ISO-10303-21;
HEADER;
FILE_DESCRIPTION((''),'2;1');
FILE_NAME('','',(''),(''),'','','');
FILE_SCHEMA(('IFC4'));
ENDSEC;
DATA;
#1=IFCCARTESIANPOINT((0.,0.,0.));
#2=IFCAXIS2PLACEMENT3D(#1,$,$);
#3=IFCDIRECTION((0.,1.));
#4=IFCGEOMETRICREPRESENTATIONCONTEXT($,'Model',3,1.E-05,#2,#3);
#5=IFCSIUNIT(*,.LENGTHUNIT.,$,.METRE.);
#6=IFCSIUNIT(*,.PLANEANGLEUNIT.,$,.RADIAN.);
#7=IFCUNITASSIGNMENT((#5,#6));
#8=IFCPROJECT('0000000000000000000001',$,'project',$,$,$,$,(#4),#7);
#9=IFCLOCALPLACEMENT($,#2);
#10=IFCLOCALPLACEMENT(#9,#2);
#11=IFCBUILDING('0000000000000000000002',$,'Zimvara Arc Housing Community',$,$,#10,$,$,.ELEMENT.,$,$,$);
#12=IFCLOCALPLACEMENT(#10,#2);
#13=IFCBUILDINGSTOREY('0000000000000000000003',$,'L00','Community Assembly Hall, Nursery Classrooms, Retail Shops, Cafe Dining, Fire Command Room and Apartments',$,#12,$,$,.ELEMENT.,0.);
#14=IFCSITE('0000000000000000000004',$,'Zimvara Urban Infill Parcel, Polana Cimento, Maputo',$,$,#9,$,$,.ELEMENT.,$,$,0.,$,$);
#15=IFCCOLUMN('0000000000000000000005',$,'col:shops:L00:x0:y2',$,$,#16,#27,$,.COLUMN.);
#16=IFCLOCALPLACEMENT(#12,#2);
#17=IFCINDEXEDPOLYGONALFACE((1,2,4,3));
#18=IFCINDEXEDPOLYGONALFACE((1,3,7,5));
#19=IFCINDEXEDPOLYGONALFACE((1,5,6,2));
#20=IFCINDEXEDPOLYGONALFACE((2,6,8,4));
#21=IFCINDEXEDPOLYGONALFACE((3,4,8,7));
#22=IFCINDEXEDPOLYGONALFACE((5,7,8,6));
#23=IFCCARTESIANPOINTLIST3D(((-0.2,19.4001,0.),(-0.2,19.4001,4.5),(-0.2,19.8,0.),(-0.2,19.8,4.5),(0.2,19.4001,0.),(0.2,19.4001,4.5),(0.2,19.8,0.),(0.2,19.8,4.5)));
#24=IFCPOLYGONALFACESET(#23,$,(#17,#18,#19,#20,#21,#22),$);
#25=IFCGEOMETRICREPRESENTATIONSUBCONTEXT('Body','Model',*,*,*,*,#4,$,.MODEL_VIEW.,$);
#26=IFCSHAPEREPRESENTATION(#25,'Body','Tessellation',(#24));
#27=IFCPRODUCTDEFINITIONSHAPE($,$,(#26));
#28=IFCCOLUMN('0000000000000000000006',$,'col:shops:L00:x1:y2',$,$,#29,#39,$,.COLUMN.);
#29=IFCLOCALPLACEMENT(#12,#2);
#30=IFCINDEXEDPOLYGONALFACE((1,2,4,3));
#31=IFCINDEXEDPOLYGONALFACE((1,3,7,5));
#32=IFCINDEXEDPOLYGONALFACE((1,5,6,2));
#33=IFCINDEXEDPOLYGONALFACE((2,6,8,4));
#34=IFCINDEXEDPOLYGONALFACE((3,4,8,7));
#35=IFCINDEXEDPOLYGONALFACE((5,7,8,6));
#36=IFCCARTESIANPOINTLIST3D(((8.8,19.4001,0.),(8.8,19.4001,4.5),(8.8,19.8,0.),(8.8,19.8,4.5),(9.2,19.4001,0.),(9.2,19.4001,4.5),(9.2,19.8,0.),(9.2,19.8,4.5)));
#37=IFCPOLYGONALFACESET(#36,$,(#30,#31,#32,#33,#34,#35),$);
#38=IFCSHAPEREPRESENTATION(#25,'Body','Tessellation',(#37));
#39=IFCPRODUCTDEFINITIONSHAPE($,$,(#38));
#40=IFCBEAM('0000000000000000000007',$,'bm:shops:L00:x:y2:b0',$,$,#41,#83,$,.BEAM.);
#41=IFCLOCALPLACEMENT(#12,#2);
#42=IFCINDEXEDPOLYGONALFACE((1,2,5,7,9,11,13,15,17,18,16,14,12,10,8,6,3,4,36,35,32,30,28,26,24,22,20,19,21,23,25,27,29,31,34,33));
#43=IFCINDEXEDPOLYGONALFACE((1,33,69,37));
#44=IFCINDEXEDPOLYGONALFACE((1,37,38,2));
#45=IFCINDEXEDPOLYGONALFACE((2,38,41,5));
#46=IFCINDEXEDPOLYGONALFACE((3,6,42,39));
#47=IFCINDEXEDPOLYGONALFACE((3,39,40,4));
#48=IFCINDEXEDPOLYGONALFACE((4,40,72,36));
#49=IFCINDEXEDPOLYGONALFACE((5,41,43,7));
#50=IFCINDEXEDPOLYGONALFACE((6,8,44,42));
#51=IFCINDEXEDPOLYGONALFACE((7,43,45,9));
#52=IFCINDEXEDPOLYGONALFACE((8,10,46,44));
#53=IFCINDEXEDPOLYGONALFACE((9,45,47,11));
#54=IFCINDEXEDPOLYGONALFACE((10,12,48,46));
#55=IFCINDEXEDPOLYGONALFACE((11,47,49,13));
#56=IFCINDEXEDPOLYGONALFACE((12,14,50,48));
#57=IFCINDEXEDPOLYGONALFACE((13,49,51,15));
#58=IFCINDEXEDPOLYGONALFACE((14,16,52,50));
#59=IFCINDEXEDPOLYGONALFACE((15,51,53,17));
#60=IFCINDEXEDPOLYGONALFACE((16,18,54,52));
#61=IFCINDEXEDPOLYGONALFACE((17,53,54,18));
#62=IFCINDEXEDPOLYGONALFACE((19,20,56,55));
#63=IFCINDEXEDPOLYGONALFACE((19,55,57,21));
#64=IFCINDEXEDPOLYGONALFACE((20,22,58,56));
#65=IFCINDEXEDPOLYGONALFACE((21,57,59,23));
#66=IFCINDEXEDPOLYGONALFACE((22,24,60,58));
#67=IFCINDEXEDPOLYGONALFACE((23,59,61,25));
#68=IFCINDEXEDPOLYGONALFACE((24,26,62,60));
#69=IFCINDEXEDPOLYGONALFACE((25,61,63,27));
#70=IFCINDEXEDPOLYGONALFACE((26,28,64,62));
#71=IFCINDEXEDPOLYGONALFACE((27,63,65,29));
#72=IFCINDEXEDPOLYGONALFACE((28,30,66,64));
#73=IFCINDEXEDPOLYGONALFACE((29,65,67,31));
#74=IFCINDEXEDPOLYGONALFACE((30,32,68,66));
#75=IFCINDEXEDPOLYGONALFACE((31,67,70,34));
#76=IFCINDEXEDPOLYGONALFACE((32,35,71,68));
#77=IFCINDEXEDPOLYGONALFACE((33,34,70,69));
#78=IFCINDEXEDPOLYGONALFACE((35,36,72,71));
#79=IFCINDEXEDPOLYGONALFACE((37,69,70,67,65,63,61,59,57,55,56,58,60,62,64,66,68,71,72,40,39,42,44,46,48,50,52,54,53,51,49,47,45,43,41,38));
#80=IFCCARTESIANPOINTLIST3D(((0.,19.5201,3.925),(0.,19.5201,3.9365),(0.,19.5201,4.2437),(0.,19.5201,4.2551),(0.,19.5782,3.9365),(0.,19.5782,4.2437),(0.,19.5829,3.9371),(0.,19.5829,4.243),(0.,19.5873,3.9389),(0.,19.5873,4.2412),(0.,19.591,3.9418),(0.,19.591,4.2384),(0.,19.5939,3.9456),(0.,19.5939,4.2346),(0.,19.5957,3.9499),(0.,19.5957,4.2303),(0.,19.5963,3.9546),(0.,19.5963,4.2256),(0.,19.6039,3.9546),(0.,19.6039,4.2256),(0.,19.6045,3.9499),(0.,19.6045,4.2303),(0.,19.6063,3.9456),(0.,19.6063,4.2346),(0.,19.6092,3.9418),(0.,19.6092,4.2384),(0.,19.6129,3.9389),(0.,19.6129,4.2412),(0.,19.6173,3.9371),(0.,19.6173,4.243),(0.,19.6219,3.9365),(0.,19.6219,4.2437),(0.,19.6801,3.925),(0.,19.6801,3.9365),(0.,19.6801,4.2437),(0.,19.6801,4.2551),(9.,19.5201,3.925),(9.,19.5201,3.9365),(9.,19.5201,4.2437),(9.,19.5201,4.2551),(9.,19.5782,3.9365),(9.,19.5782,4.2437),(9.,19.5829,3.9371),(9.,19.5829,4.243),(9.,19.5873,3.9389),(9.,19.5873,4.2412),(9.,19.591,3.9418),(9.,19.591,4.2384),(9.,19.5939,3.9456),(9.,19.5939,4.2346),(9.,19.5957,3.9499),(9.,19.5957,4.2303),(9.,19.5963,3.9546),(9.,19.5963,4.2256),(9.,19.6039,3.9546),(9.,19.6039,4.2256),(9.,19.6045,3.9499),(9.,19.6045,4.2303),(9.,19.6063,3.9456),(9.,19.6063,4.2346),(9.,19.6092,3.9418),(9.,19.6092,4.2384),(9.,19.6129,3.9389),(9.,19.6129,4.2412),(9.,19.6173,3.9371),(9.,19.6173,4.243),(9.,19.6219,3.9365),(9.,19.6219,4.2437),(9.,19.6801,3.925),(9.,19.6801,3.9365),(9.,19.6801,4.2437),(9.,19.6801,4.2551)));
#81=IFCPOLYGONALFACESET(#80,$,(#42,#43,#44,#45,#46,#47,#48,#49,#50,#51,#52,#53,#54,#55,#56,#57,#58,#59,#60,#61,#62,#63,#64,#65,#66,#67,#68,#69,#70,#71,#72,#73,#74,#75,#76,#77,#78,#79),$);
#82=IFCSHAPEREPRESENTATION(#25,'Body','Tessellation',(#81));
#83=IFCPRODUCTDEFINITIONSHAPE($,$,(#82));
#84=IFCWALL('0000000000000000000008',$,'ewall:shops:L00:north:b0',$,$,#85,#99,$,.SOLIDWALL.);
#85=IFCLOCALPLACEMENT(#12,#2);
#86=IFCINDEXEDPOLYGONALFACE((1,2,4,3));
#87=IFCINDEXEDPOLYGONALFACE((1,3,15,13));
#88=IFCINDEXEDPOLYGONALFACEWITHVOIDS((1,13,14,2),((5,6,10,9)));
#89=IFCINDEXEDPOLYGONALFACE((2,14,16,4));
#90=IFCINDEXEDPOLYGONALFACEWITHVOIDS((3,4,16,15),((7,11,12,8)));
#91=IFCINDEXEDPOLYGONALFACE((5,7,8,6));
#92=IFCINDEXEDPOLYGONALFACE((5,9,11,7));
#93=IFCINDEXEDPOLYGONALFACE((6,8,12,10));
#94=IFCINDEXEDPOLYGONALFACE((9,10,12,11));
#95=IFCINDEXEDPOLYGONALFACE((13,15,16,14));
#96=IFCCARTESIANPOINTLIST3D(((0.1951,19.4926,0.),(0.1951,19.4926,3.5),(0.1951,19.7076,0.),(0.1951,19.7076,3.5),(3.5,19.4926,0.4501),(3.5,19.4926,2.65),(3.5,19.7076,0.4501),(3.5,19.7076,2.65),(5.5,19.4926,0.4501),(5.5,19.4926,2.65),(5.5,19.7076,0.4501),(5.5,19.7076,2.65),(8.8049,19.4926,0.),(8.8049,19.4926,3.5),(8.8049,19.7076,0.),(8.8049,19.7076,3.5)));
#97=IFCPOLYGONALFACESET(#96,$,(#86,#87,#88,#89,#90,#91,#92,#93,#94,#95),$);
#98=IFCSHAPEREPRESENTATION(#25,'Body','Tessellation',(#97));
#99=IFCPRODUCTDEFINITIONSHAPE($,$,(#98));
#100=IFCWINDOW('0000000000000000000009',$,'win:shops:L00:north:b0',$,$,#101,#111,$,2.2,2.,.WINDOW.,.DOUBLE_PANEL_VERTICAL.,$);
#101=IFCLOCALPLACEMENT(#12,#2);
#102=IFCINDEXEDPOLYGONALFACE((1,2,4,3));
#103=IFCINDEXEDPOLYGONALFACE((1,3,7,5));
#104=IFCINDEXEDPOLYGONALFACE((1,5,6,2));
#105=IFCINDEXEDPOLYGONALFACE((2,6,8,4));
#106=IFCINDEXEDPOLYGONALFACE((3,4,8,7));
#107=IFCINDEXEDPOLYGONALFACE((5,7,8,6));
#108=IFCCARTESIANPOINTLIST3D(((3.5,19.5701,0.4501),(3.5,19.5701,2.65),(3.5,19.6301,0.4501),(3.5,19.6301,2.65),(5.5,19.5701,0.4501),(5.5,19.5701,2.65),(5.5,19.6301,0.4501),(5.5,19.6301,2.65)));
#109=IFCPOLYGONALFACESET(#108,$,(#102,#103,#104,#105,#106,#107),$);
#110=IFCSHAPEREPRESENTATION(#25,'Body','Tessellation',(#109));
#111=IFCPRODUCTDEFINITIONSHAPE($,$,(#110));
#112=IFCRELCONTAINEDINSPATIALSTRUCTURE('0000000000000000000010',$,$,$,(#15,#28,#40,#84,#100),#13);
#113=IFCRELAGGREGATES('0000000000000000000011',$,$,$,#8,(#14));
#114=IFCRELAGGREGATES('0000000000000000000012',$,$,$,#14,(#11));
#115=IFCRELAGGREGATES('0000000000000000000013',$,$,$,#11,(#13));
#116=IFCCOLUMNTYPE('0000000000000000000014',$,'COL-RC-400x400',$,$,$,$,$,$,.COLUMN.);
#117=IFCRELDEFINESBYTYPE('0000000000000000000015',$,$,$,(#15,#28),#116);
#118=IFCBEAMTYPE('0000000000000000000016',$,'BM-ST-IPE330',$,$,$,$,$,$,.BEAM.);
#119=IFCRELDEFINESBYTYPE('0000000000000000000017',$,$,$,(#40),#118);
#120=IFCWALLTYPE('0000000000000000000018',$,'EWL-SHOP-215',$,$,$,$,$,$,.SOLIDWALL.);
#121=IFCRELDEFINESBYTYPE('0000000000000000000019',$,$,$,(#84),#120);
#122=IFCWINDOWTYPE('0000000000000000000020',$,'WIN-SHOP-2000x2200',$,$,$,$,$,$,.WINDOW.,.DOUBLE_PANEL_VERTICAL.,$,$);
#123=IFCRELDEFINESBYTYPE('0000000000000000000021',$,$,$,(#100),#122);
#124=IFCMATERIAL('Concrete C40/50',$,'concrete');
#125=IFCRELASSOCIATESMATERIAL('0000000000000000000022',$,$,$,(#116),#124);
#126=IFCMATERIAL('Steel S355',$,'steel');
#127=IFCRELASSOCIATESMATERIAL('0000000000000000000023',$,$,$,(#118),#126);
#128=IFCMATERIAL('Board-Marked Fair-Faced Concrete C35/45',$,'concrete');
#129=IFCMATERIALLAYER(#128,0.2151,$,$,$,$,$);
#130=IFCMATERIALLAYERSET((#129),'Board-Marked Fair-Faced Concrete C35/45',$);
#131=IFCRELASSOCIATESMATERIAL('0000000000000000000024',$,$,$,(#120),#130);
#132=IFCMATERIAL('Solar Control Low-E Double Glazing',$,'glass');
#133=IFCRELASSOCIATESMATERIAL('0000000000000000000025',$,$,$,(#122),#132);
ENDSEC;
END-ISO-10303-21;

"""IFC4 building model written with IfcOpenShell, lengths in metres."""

from ifc_helpers import new_model, si_unit, direction, frame, frame_2d, origin, origin_2d, place, context, subcontext, project, spatial, rectangle, i_section, extrude, material, layer, layer_set, material_profile, profile_set, type_object, element, fill, save


model = new_model("IFC4")

# Units and contexts
model_context = context("Model", 3, precision=1e-05, world=origin(), true_north=direction((0.0, 1.0)))
body_context = subcontext(model_context, "Body", "Model", "MODEL_VIEW")
ifc_project = project(units=[si_unit("LENGTHUNIT", "METRE"), si_unit("PLANEANGLEUNIT", "RADIAN")], contexts=[model_context])

# Site, building, storey
site_placement = place(None, origin())
site = spatial("IfcSite", under=ifc_project, at=site_placement, Name="Zimvara Urban Infill Parcel, Polana Cimento, Maputo", CompositionType="ELEMENT", RefElevation=0.0)
building_placement = place(site_placement, origin())
building = spatial("IfcBuilding", under=site, at=building_placement, Name="Zimvara Arc Housing Community", CompositionType="ELEMENT")
storey_placement = place(building_placement, origin())
storey = spatial("IfcBuildingStorey", under=building, at=storey_placement, Name="L00", Description="Community Assembly Hall, Nursery Classrooms, Retail Shops, Cafe Dining, Fire Command Room and Apartments", CompositionType="ELEMENT", Elevation=0.0)

# Columns
ifc_material_1 = material(Name="Concrete C40/50", Category="concrete")
ifc_material_profile_1 = material_profile(ifc_material_1, rectangle(XDim=0.3999, YDim=0.3999, at=origin_2d()), Name="RC 400x400")
ifc_profile_set_1 = profile_set([ifc_material_profile_1], Name="Concrete C40/50")
column_type = type_object("IfcColumnType", Name="COL-RC-400x400", PredefinedType="COLUMN", material=ifc_profile_set_1)
for number, where, z_axis, x_axis, name in (
    (1, (0.0, 19.6001, 0.0), (0.0, 0.0, 1.0), (1.0, 0.0, 0.0), "col:shops:L00:x0:y2"),
    (2, (9.0, 19.6001, 0.0), (0.0, 0.0, 1.0), (1.0, 0.0, 0.0), "col:shops:L00:x1:y2"),
):
    element("IfcColumn", number, at=place(storey_placement, frame(where, z_axis=z_axis, x_axis=x_axis)), inside=storey, type_object=column_type, Name=name, PredefinedType="COLUMN", context=body_context, shape_type="SweptSolid", body=[
        extrude(rectangle(XDim=0.3999, YDim=0.3999, at=origin_2d()), origin(), (0.0, 0.0, 1.0), 4.5),
    ])

# Beam
ifc_material_2 = material(Name="Steel S355", Category="steel")
ifc_material_profile_2 = material_profile(ifc_material_2, i_section(OverallWidth=0.1599, OverallDepth=0.3301, WebThickness=0.0076, FlangeThickness=0.0115, FilletRadius=0.0181, at=origin_2d()), Name="IPE 330")
ifc_profile_set_2 = profile_set([ifc_material_profile_2], Name="Steel S355")
beam_type = type_object("IfcBeamType", Name="BM-ST-IPE330", PredefinedType="BEAM", material=ifc_profile_set_2)
beam_placement = place(storey_placement, frame((0.0, 19.6001, 4.0901), z_axis=(1.0, 0.0, 0.0), x_axis=(0.0, 1.0, 0.0)))
element("IfcBeam", 3, at=beam_placement, inside=storey, type_object=beam_type, Name="bm:shops:L00:x:y2:b0", PredefinedType="BEAM", context=body_context, shape_type="SweptSolid", body=[
    extrude(i_section(OverallWidth=0.1599, OverallDepth=0.3301, WebThickness=0.0076, FlangeThickness=0.0115, FilletRadius=0.0181, at=origin_2d()), origin(), (0.0, 0.0, 1.0), 9.0),
])

# Wall, opening, window
ifc_material_3 = material(Name="Board-Marked Fair-Faced Concrete C35/45", Category="concrete")
ifc_layer_1 = layer(ifc_material_3, 0.2151)
ifc_layer_set_1 = layer_set([ifc_layer_1], Name="Board-Marked Fair-Faced Concrete C35/45")
wall_type_1 = type_object("IfcWallType", Name="EWL-SHOP-215", PredefinedType="SOLIDWALL", material=ifc_layer_set_1)
wall_1_placement = place(storey_placement, frame((0.1951, 19.6001, 0.0), z_axis=(0.0, 0.0, 1.0), x_axis=(1.0, 0.0, 0.0)))
wall_1 = element("IfcWall", 4, at=wall_1_placement, inside=storey, type_object=wall_type_1, Name="ewall:shops:L00:north:b0", PredefinedType="SOLIDWALL", context=body_context, shape_type="SweptSolid", body=[
    extrude(rectangle(XDim=8.6099, YDim=0.2151, at=frame_2d((4.3049, 0.0))), origin(), (0.0, 0.0, 1.0), 3.5),
])
opening_1_placement = place(wall_1_placement, frame((3.3049, 0.0, 0.45)))
opening_1 = element("IfcOpeningElement", 5, at=opening_1_placement, cuts=wall_1, PredefinedType="OPENING", context=body_context, shape_type="SweptSolid", body=[
    extrude(rectangle(XDim=2.0, YDim=2.2, at=frame_2d((1.0, 1.1001))), frame((0.0, 0.1174, 0.0), z_axis=(0.0, -1.0, 0.0), x_axis=(1.0, 0.0, 0.0)), (0.0, 0.0, 1.0), 0.2351),
])
ifc_material_4 = material(Name="Solar Control Low-E Double Glazing", Category="glass")
window_type = type_object("IfcWindowType", Name="WIN-SHOP-2000x2200", PartitioningType="DOUBLE_PANEL_VERTICAL", PredefinedType="WINDOW", material=ifc_material_4)
window_placement = place(opening_1_placement, origin())
window = element("IfcWindow", 6, at=window_placement, inside=storey, type_object=window_type, Name="win:shops:L00:north:b0", OverallHeight=2.2, OverallWidth=2.0, PartitioningType="DOUBLE_PANEL_VERTICAL", PredefinedType="WINDOW", context=body_context, shape_type="SweptSolid", body=[
    extrude(rectangle(XDim=2.0, YDim=2.2, at=frame_2d((1.0, 1.1001))), frame((0.0, 0.03, 0.0), z_axis=(0.0, -1.0, 0.0), x_axis=(1.0, 0.0, 0.0)), (0.0, 0.0, 1.0), 0.0601),
])
fill(opening_1, window)

save(model, "model.ifc")
